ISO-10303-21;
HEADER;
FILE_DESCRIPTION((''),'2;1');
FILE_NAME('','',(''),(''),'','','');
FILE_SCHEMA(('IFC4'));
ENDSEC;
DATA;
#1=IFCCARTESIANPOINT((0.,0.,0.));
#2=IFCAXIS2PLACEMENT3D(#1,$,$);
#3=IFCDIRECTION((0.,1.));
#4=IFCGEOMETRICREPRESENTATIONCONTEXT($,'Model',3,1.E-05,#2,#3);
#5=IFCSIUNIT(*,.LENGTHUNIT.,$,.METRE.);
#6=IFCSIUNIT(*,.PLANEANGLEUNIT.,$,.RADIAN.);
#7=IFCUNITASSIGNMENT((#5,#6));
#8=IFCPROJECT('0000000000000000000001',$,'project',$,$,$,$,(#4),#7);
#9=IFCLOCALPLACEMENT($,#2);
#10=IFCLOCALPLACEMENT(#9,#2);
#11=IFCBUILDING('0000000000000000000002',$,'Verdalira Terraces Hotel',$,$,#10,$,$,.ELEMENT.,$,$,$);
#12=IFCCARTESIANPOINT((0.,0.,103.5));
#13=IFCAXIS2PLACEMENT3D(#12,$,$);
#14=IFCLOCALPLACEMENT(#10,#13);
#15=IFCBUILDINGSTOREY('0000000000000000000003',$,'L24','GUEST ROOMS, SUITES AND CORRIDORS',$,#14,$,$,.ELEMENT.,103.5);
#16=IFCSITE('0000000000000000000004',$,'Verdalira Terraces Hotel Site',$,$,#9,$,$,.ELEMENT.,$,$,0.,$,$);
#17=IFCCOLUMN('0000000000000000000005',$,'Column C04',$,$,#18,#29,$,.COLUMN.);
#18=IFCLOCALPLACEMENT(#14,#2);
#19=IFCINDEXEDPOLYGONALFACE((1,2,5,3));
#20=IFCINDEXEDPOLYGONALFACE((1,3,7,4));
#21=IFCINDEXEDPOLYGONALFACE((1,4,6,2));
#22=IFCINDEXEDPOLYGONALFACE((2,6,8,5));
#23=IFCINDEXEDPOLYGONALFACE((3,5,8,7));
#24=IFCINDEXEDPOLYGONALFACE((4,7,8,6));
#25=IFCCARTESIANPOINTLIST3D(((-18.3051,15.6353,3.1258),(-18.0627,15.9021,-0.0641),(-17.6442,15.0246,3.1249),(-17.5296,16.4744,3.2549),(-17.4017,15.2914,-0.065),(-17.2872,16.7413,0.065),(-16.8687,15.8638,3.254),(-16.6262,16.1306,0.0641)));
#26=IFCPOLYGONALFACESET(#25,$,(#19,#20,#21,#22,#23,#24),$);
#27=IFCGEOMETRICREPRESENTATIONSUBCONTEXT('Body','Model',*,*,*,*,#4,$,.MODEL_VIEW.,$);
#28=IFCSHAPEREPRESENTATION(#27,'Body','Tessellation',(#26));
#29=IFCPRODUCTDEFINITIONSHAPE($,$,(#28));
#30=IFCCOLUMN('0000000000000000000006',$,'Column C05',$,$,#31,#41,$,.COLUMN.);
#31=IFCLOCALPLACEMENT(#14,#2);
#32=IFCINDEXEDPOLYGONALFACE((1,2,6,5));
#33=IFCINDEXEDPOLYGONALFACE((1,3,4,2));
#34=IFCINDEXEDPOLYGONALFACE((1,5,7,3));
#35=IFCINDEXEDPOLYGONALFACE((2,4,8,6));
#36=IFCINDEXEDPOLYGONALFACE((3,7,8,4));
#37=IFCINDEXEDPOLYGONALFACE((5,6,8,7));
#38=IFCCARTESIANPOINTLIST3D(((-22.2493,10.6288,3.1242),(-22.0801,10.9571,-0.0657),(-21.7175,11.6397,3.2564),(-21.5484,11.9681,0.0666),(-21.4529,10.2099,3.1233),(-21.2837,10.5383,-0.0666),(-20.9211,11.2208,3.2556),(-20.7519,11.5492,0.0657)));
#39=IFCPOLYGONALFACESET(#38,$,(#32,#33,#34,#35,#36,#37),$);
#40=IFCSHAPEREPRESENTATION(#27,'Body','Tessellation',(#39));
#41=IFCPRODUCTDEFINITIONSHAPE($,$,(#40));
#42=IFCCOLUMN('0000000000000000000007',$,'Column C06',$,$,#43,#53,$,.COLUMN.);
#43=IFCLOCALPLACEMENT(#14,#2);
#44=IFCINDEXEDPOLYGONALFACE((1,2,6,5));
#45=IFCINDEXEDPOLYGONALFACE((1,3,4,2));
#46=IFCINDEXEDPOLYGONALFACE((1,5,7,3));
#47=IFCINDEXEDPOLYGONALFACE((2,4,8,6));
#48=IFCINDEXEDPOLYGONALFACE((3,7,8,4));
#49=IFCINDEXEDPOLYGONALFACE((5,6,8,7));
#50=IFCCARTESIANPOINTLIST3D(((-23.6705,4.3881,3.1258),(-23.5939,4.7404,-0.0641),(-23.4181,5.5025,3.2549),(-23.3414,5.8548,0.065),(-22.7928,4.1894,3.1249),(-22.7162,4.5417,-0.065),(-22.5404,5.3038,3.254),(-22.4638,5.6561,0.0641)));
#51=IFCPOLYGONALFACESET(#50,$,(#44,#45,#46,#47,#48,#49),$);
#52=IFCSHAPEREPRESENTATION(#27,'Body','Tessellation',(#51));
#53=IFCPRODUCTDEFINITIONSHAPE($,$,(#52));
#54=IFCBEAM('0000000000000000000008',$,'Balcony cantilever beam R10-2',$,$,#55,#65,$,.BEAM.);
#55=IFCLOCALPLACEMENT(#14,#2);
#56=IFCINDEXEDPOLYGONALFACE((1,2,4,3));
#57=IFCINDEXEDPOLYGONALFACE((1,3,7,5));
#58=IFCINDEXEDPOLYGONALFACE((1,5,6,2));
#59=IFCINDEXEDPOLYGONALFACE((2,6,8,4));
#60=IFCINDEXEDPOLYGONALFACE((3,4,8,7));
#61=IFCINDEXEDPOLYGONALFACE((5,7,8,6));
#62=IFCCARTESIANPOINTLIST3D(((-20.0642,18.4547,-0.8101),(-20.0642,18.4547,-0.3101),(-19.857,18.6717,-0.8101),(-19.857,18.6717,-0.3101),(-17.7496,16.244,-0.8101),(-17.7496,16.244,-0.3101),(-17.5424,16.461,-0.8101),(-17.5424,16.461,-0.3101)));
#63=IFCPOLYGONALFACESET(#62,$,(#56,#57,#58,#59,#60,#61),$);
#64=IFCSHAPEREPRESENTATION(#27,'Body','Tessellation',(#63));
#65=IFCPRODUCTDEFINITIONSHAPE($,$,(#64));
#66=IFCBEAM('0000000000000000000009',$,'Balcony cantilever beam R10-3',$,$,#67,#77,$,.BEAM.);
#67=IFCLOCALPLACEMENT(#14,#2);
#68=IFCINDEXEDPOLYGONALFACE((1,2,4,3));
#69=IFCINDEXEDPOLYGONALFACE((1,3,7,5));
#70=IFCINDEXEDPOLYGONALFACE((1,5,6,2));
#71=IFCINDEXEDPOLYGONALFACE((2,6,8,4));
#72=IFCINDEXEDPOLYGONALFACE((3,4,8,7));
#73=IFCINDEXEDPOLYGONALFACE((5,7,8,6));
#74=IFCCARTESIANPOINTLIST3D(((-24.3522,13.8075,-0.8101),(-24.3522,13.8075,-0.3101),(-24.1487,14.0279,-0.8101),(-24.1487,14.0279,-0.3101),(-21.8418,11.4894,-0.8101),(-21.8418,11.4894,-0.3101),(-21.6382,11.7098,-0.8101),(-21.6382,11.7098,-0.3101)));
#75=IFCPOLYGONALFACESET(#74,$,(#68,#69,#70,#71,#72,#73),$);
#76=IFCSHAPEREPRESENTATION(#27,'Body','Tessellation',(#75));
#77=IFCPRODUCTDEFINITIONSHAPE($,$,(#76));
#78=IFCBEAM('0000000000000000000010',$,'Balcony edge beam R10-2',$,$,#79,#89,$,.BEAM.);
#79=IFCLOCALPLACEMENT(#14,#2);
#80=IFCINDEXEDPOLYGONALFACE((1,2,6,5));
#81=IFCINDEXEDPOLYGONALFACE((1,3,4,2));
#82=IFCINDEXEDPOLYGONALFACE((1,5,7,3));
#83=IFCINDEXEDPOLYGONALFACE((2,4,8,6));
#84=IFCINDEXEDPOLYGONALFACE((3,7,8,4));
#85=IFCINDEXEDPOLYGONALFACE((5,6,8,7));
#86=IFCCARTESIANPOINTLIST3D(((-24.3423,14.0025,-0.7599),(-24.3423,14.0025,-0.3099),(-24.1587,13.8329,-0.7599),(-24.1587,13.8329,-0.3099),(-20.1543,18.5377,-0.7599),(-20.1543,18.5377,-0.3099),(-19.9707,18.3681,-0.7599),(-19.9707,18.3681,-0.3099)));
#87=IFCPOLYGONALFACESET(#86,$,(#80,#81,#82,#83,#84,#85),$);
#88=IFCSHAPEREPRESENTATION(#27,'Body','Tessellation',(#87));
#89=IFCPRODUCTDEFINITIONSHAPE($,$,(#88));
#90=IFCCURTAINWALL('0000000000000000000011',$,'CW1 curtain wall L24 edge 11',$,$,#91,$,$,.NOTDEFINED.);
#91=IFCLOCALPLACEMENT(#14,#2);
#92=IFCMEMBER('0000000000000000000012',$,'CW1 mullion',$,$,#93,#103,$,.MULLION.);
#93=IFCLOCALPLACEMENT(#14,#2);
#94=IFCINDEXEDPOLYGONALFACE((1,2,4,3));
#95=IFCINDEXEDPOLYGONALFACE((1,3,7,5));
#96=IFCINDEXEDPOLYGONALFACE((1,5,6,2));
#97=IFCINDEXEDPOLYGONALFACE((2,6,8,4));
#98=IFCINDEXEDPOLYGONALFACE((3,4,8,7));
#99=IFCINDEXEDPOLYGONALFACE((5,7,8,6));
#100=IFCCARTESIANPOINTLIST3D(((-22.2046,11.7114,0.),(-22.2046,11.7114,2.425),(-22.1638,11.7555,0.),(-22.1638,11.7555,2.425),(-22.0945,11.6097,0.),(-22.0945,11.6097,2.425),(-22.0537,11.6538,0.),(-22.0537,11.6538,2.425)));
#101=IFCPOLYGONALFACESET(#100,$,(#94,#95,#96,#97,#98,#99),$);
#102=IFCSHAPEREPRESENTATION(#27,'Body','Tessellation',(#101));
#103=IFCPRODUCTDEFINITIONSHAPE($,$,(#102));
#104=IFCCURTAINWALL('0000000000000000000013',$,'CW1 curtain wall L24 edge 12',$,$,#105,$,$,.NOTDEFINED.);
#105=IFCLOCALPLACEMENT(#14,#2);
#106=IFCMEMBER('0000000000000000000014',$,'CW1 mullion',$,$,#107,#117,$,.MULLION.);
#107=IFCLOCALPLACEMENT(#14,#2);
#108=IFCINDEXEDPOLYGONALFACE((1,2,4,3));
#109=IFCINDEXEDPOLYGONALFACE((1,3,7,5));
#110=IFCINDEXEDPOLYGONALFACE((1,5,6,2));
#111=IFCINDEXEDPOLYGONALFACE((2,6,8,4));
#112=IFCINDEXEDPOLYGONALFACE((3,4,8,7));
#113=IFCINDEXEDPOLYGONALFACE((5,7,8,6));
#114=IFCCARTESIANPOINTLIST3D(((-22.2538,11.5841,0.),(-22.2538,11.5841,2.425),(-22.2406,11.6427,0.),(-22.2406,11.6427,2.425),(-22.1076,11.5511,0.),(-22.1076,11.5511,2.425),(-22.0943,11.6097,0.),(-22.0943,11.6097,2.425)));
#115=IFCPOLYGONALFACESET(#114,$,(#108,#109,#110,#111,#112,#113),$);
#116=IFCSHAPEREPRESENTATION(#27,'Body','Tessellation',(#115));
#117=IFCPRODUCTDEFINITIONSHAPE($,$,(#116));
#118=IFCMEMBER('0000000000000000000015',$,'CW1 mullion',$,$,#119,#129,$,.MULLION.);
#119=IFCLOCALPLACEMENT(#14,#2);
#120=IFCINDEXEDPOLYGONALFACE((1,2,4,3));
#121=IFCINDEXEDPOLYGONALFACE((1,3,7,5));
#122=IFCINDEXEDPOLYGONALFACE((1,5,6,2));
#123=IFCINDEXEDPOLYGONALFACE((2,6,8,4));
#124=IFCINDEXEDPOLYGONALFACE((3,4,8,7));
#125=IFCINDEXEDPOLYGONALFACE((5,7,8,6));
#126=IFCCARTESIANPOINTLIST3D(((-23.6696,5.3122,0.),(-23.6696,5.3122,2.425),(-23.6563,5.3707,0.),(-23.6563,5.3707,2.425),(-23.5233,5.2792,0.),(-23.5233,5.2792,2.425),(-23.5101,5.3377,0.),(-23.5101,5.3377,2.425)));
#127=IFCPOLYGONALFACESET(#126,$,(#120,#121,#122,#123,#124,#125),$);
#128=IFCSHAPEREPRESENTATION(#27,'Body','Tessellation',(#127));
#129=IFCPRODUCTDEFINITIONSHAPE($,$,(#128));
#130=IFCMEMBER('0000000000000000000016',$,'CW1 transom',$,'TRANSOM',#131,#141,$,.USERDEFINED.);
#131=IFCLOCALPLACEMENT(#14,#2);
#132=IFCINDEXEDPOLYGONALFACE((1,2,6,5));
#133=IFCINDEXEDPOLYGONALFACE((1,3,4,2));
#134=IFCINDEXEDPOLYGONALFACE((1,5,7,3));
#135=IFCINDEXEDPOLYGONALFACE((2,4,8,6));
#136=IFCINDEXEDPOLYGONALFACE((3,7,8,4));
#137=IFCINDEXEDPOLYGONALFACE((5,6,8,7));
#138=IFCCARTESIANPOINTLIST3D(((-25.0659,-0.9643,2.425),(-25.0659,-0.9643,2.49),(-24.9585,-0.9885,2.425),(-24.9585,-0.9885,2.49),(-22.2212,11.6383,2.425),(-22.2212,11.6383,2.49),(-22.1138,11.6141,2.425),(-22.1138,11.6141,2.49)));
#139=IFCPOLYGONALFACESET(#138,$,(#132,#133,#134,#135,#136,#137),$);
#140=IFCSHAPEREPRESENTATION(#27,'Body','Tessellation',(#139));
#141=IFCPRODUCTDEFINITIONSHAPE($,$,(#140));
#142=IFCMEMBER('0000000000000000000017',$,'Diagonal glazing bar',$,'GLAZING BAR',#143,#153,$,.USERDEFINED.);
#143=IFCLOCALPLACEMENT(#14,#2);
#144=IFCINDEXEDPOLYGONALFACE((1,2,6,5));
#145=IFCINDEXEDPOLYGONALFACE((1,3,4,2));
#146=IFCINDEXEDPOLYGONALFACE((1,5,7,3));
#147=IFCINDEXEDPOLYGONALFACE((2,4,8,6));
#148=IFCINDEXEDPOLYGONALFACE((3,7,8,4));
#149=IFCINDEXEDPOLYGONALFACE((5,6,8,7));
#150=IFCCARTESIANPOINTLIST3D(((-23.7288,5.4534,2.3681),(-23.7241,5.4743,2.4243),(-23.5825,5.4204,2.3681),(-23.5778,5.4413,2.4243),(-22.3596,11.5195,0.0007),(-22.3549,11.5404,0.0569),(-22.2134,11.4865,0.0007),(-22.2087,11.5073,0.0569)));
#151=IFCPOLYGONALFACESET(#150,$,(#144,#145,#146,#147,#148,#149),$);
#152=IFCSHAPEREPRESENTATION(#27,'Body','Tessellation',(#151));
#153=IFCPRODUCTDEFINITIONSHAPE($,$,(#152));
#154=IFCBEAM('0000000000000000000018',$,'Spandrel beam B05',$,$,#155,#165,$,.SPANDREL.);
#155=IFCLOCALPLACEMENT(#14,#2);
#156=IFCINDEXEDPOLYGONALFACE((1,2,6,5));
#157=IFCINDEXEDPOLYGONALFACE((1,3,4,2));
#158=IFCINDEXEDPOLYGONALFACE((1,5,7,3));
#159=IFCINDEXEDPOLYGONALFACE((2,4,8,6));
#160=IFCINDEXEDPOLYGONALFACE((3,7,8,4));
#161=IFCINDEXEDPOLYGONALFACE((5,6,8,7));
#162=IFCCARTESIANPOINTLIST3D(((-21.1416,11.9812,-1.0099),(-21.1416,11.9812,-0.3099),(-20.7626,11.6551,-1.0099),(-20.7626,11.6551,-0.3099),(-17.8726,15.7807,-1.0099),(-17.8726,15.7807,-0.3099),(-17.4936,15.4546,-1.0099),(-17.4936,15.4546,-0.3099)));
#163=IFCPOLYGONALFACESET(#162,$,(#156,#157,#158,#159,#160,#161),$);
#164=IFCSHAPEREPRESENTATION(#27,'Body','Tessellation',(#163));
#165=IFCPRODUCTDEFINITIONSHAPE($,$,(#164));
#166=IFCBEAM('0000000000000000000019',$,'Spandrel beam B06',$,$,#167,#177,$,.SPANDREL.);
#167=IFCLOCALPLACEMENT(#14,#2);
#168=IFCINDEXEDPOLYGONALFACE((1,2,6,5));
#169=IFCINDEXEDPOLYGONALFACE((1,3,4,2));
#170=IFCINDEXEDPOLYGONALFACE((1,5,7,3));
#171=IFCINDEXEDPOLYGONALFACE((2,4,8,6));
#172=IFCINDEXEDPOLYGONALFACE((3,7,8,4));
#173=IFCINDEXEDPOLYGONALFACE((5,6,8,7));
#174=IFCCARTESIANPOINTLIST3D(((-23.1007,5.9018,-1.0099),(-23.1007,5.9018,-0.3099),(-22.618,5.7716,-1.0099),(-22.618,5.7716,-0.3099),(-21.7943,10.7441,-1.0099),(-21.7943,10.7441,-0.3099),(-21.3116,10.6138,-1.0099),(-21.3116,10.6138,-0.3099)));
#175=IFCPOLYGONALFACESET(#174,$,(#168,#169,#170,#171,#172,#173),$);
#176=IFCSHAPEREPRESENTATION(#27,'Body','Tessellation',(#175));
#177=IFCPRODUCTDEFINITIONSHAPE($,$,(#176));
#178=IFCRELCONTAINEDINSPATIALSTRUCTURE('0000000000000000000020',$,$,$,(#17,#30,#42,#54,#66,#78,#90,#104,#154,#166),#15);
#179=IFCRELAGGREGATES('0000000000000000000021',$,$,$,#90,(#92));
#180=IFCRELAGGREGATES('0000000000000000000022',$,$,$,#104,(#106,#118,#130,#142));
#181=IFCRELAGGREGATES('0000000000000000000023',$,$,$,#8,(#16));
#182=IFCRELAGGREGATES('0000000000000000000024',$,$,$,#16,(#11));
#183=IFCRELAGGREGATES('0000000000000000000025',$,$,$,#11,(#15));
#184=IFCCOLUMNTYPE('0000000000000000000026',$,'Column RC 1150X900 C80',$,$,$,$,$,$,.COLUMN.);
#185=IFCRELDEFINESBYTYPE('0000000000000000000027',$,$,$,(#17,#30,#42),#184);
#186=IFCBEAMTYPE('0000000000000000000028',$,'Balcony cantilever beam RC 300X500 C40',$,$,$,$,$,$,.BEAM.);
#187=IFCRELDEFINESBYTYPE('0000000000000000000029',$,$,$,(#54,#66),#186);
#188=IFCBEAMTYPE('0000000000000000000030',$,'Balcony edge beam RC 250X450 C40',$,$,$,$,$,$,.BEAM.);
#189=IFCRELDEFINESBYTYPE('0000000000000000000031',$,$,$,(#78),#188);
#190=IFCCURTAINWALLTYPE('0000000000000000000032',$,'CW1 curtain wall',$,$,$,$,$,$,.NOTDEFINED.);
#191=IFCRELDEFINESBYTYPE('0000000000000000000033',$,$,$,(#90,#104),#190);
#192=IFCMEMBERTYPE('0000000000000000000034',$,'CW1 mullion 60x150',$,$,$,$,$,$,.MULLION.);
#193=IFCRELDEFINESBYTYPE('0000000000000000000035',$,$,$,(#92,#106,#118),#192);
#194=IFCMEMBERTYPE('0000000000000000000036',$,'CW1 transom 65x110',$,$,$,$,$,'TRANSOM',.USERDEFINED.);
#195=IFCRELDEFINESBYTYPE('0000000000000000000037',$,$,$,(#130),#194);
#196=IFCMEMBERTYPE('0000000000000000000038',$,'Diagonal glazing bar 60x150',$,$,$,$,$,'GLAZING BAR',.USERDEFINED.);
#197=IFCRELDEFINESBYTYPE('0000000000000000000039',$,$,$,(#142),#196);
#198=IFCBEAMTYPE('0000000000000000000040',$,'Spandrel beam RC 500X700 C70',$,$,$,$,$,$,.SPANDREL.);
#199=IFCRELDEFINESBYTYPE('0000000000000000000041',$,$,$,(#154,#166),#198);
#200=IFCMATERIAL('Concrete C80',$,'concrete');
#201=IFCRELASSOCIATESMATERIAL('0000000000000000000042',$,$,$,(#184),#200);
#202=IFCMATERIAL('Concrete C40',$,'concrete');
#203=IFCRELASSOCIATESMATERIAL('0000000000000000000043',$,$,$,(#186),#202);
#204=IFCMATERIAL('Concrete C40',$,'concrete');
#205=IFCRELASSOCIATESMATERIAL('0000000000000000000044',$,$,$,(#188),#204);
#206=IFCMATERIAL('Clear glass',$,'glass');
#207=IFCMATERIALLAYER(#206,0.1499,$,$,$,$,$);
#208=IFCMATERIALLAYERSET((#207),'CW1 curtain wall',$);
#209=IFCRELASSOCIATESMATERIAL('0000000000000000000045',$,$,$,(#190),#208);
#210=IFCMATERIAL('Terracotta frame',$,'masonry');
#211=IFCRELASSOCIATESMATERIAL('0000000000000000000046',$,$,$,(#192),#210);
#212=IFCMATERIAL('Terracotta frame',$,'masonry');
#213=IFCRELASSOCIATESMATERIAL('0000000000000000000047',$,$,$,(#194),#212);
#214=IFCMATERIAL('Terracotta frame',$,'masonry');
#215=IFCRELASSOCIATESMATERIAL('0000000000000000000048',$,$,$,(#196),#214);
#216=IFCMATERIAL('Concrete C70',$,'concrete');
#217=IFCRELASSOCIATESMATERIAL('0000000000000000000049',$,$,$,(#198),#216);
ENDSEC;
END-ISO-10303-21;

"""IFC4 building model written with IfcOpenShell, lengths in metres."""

from ifc_helpers import new_model, si_unit, direction, frame, origin, origin_2d, place, context, subcontext, project, spatial, rectangle, extrude, material, layer, layer_set, material_profile, profile_set, type_object, element, aggregate, save


model = new_model("IFC4")

# Units and contexts
model_context = context("Model", 3, precision=1e-05, world=origin(), true_north=direction((0.0, 1.0)))
body_context = subcontext(model_context, "Body", "Model", "MODEL_VIEW")
ifc_project = project(units=[si_unit("LENGTHUNIT", "METRE"), si_unit("PLANEANGLEUNIT", "RADIAN")], contexts=[model_context])

# Site, building, storey
site_placement = place(None, origin())
site = spatial("IfcSite", under=ifc_project, at=site_placement, Name="Verdalira Terraces Hotel Site", CompositionType="ELEMENT", RefElevation=0.0)
building_placement = place(site_placement, origin())
building = spatial("IfcBuilding", under=site, at=building_placement, Name="Verdalira Terraces Hotel", CompositionType="ELEMENT")
storey_placement = place(building_placement, frame((0.0, 0.0, 103.5)))
storey = spatial("IfcBuildingStorey", under=building, at=storey_placement, Name="L24", Description="GUEST ROOMS, SUITES AND CORRIDORS", CompositionType="ELEMENT", Elevation=103.5)

# Columns
ifc_material_1 = material(Name="Concrete C80", Category="concrete")
ifc_material_profile_1 = material_profile(ifc_material_1, rectangle(XDim=1.1499, YDim=0.8999, at=origin_2d()), Name="RC 1150X900")
ifc_profile_set_1 = profile_set([ifc_material_profile_1], Name="Concrete C80")
column_type = type_object("IfcColumnType", Name="Column RC 1150X900 C80", PredefinedType="COLUMN", material=ifc_profile_set_1)
column_1_placement = place(storey_placement, frame((-17.3445, 16.0164, 0.0), z_axis=(-0.075518, -0.083123, 0.993674), x_axis=(-0.6744, -0.729776, -0.112301)))
element("IfcColumn", 1, at=column_1_placement, inside=storey, type_object=column_type, Name="Column C04", PredefinedType="COLUMN", context=body_context, shape_type="SweptSolid", body=[
    extrude(rectangle(XDim=1.1499, YDim=0.8999, at=origin_2d()), origin(), (0.0, 0.0, 1.0), 3.2102),
])
column_2_placement = place(storey_placement, frame((-21.416, 11.2532, 0.0), z_axis=(-0.052686, -0.102256, 0.993362), x_axis=(0.46246, 0.879147, 0.115027)))
element("IfcColumn", 2, at=column_2_placement, inside=storey, type_object=column_type, Name="Column C05", PredefinedType="COLUMN", context=body_context, shape_type="SweptSolid", body=[
    extrude(rectangle(XDim=1.1499, YDim=0.8999, at=origin_2d()), origin(), (0.0, 0.0, 1.0), 3.2112),
])
column_3_placement = place(storey_placement, frame((-23.0288, 5.1982, 0.0), z_axis=(-0.02388, -0.109741, 0.993673), x_axis=(-0.219512, -0.969124, -0.112305)))
element("IfcColumn", 3, at=column_3_placement, inside=storey, type_object=column_type, Name="Column C06", PredefinedType="COLUMN", context=body_context, shape_type="SweptSolid", body=[
    extrude(rectangle(XDim=1.1499, YDim=0.8999, at=origin_2d()), origin(), (0.0, 0.0, 1.0), 3.2102),
])

# Beams
ifc_material_2 = material(Name="Concrete C40", Category="concrete")
ifc_material_profile_2 = material_profile(ifc_material_2, rectangle(XDim=0.3, YDim=0.5, at=origin_2d()), Name="RC 300X500")
ifc_profile_set_2 = profile_set([ifc_material_profile_2], Name="Concrete C40")
beam_type_1 = type_object("IfcBeamType", Name="Balcony cantilever beam RC 300X500 C40", PredefinedType="BEAM", material=ifc_profile_set_2)
beam_1_placement = place(storey_placement, frame((-17.646, 16.3525, -0.5601), z_axis=(-0.723167, 0.690673, 0.0), x_axis=(-0.690673, -0.723167, 0.0)))
element("IfcBeam", 4, at=beam_1_placement, inside=storey, type_object=beam_type_1, Name="Balcony cantilever beam R10-2", PredefinedType="BEAM", context=body_context, shape_type="SweptSolid", body=[
    extrude(rectangle(XDim=0.3, YDim=0.5, at=origin_2d()), origin(), (0.0, 0.0, 1.0), 3.2007),
])
beam_2_placement = place(storey_placement, frame((-21.74, 11.5996, -0.5601), z_axis=(-0.734697, 0.678396, 0.0), x_axis=(-0.678396, -0.734697, 0.0)))
element("IfcBeam", 5, at=beam_2_placement, inside=storey, type_object=beam_type_1, Name="Balcony cantilever beam R10-3", PredefinedType="BEAM", context=body_context, shape_type="SweptSolid", body=[
    extrude(rectangle(XDim=0.3, YDim=0.5, at=origin_2d()), origin(), (0.0, 0.0, 1.0), 3.417),
])
ifc_material_3 = material(Name="Concrete C40", Category="concrete")
ifc_material_profile_3 = material_profile(ifc_material_3, rectangle(XDim=0.25, YDim=0.45, at=origin_2d()), Name="RC 250X450")
ifc_profile_set_3 = profile_set([ifc_material_profile_3], Name="Concrete C40")
beam_type_2 = type_object("IfcBeamType", Name="Balcony edge beam RC 250X450 C40", PredefinedType="BEAM", material=ifc_profile_set_3)
beam_3_placement = place(storey_placement, frame((-20.0625, 18.4529, -0.5349), z_axis=(-0.678428, -0.734667, 0.0), x_axis=(0.734667, -0.678428, 0.0)))
element("IfcBeam", 6, at=beam_3_placement, inside=storey, type_object=beam_type_2, Name="Balcony edge beam R10-2", PredefinedType="BEAM", context=body_context, shape_type="SweptSolid", body=[
    extrude(rectangle(XDim=0.25, YDim=0.45, at=origin_2d()), origin(), (0.0, 0.0, 1.0), 6.1731),
])

# Curtain wall, member
ifc_material_4 = material(Name="Clear glass", Category="glass")
ifc_layer_1 = layer(ifc_material_4, 0.1499)
ifc_layer_set_1 = layer_set([ifc_layer_1], Name="CW1 curtain wall")
curtain_wall_type = type_object("IfcCurtainWallType", Name="CW1 curtain wall", PredefinedType="NOTDEFINED", material=ifc_layer_set_1)
curtain_wall_1_placement = place(storey_placement, origin())
curtain_wall_1 = element("IfcCurtainWall", 7, at=curtain_wall_1_placement, inside=storey, type_object=curtain_wall_type, Name="CW1 curtain wall L24 edge 11", PredefinedType="NOTDEFINED")
ifc_material_5 = material(Name="Terracotta frame", Category="masonry")
ifc_material_profile_4 = material_profile(ifc_material_5, rectangle(XDim=0.0601, YDim=0.1499, at=origin_2d()), Name="MU 60x150")
ifc_profile_set_4 = profile_set([ifc_material_profile_4], Name="Terracotta frame")
member_type_1 = type_object("IfcMemberType", Name="CW1 mullion 60x150", PredefinedType="MULLION", material=ifc_profile_set_4)
member_1_placement = place(storey_placement, frame((-22.1291, 11.6826, 0.0), z_axis=(0.0, 0.0, 1.0), x_axis=(-0.678416, -0.734678, 0.0)))
member_1 = element("IfcMember", 8, at=member_1_placement, type_object=member_type_1, Name="CW1 mullion", PredefinedType="MULLION", context=body_context, shape_type="SweptSolid", body=[
    extrude(rectangle(XDim=0.0601, YDim=0.1499, at=origin_2d()), origin(), (0.0, 0.0, 1.0), 2.425),
])

# Curtain wall, members
curtain_wall_2_placement = place(storey_placement, origin())
curtain_wall_2 = element("IfcCurtainWall", 9, at=curtain_wall_2_placement, inside=storey, type_object=curtain_wall_type, Name="CW1 curtain wall L24 edge 12", PredefinedType="NOTDEFINED")
member_2_placement = place(storey_placement, frame((-22.1741, 11.5969, 0.0), z_axis=(0.0, 0.0, 1.0), x_axis=(-0.220187, -0.975458, 0.0)))
member_2 = element("IfcMember", 10, at=member_2_placement, type_object=member_type_1, Name="CW1 mullion", PredefinedType="MULLION", context=body_context, shape_type="SweptSolid", body=[
    extrude(rectangle(XDim=0.0601, YDim=0.1499, at=origin_2d()), origin(), (0.0, 0.0, 1.0), 2.425),
])
member_3_placement = place(storey_placement, frame((-23.5898, 5.325, 0.0), z_axis=(0.0, 0.0, 1.0), x_axis=(-0.220187, -0.975458, 0.0)))
member_3 = element("IfcMember", 11, at=member_3_placement, type_object=member_type_1, Name="CW1 mullion", PredefinedType="MULLION", context=body_context, shape_type="SweptSolid", body=[
    extrude(rectangle(XDim=0.0601, YDim=0.1499, at=origin_2d()), origin(), (0.0, 0.0, 1.0), 2.425),
])
ifc_material_6 = material(Name="Terracotta frame", Category="masonry")
ifc_material_profile_5 = material_profile(ifc_material_6, rectangle(XDim=0.1101, YDim=0.0649, at=origin_2d()), Name="TR 65x110")
ifc_profile_set_5 = profile_set([ifc_material_profile_5], Name="Terracotta frame")
member_type_2 = type_object("IfcMemberType", Name="CW1 transom 65x110", ElementType="TRANSOM", PredefinedType="USERDEFINED", material=ifc_profile_set_5)
member_4_placement = place(storey_placement, frame((-22.1675, 11.6262, 2.4575), z_axis=(-0.220187, -0.975458, 0.0), x_axis=(0.975458, -0.220187, 0.0)))
member_4 = element("IfcMember", 12, at=member_4_placement, type_object=member_type_2, Name="CW1 transom", ObjectType="TRANSOM", PredefinedType="USERDEFINED", context=body_context, shape_type="SweptSolid", body=[
    extrude(rectangle(XDim=0.1101, YDim=0.0649, at=origin_2d()), origin(), (0.0, 0.0, 1.0), 12.9197),
])
ifc_material_7 = material(Name="Terracotta frame", Category="masonry")
ifc_material_profile_6 = material_profile(ifc_material_7, rectangle(XDim=0.1499, YDim=0.0601, at=origin_2d()), Name="GB 60x150")
ifc_profile_set_6 = profile_set([ifc_material_profile_6], Name="Terracotta frame")
member_type_3 = type_object("IfcMemberType", Name="Diagonal glazing bar 60x150", ElementType="GLAZING BAR", PredefinedType="USERDEFINED", material=ifc_profile_set_6)
member_5_placement = place(storey_placement, frame((-22.2842, 11.5134, 0.0288), z_axis=(-0.205758, -0.911637, 0.355783), x_axis=(0.975463, -0.220163, 0.0)))
member_5 = element("IfcMember", 13, at=member_5_placement, type_object=member_type_3, Name="Diagonal glazing bar", ObjectType="GLAZING BAR", PredefinedType="USERDEFINED", context=body_context, shape_type="SweptSolid", body=[
    extrude(rectangle(XDim=0.1499, YDim=0.0601, at=origin_2d()), origin(), (0.0, 0.0, 1.0), 6.6541),
])

# Beams
ifc_material_8 = material(Name="Concrete C70", Category="concrete")
ifc_material_profile_7 = material_profile(ifc_material_8, rectangle(XDim=0.5, YDim=0.7, at=origin_2d()), Name="RC 500X700")
ifc_profile_set_7 = profile_set([ifc_material_profile_7], Name="Concrete C70")
beam_type_3 = type_object("IfcBeamType", Name="Spandrel beam RC 500X700 C70", PredefinedType="SPANDREL", material=ifc_profile_set_7)
beam_4_placement = place(storey_placement, frame((-17.6831, 15.6177, -0.6599), z_axis=(-0.652202, -0.758045, 0.0), x_axis=(0.758045, -0.652202, 0.0)))
element("IfcBeam", 14, at=beam_4_placement, inside=storey, type_object=beam_type_3, Name="Spandrel beam B05", PredefinedType="SPANDREL", context=body_context, shape_type="SweptSolid", body=[
    extrude(rectangle(XDim=0.5, YDim=0.7, at=origin_2d()), origin(), (0.0, 0.0, 1.0), 5.0122),
])
beam_5_placement = place(storey_placement, frame((-21.553, 10.679, -0.6599), z_axis=(-0.260476, -0.96548, 0.0), x_axis=(0.96548, -0.260476, 0.0)))
element("IfcBeam", 15, at=beam_5_placement, inside=storey, type_object=beam_type_3, Name="Spandrel beam B06", PredefinedType="SPANDREL", context=body_context, shape_type="SweptSolid", body=[
    extrude(rectangle(XDim=0.5, YDim=0.7, at=origin_2d()), origin(), (0.0, 0.0, 1.0), 5.0154),
])

aggregate(curtain_wall_1, [member_1])
aggregate(curtain_wall_2, [member_2, member_3, member_4, member_5])

save(model, "model.ifc")
